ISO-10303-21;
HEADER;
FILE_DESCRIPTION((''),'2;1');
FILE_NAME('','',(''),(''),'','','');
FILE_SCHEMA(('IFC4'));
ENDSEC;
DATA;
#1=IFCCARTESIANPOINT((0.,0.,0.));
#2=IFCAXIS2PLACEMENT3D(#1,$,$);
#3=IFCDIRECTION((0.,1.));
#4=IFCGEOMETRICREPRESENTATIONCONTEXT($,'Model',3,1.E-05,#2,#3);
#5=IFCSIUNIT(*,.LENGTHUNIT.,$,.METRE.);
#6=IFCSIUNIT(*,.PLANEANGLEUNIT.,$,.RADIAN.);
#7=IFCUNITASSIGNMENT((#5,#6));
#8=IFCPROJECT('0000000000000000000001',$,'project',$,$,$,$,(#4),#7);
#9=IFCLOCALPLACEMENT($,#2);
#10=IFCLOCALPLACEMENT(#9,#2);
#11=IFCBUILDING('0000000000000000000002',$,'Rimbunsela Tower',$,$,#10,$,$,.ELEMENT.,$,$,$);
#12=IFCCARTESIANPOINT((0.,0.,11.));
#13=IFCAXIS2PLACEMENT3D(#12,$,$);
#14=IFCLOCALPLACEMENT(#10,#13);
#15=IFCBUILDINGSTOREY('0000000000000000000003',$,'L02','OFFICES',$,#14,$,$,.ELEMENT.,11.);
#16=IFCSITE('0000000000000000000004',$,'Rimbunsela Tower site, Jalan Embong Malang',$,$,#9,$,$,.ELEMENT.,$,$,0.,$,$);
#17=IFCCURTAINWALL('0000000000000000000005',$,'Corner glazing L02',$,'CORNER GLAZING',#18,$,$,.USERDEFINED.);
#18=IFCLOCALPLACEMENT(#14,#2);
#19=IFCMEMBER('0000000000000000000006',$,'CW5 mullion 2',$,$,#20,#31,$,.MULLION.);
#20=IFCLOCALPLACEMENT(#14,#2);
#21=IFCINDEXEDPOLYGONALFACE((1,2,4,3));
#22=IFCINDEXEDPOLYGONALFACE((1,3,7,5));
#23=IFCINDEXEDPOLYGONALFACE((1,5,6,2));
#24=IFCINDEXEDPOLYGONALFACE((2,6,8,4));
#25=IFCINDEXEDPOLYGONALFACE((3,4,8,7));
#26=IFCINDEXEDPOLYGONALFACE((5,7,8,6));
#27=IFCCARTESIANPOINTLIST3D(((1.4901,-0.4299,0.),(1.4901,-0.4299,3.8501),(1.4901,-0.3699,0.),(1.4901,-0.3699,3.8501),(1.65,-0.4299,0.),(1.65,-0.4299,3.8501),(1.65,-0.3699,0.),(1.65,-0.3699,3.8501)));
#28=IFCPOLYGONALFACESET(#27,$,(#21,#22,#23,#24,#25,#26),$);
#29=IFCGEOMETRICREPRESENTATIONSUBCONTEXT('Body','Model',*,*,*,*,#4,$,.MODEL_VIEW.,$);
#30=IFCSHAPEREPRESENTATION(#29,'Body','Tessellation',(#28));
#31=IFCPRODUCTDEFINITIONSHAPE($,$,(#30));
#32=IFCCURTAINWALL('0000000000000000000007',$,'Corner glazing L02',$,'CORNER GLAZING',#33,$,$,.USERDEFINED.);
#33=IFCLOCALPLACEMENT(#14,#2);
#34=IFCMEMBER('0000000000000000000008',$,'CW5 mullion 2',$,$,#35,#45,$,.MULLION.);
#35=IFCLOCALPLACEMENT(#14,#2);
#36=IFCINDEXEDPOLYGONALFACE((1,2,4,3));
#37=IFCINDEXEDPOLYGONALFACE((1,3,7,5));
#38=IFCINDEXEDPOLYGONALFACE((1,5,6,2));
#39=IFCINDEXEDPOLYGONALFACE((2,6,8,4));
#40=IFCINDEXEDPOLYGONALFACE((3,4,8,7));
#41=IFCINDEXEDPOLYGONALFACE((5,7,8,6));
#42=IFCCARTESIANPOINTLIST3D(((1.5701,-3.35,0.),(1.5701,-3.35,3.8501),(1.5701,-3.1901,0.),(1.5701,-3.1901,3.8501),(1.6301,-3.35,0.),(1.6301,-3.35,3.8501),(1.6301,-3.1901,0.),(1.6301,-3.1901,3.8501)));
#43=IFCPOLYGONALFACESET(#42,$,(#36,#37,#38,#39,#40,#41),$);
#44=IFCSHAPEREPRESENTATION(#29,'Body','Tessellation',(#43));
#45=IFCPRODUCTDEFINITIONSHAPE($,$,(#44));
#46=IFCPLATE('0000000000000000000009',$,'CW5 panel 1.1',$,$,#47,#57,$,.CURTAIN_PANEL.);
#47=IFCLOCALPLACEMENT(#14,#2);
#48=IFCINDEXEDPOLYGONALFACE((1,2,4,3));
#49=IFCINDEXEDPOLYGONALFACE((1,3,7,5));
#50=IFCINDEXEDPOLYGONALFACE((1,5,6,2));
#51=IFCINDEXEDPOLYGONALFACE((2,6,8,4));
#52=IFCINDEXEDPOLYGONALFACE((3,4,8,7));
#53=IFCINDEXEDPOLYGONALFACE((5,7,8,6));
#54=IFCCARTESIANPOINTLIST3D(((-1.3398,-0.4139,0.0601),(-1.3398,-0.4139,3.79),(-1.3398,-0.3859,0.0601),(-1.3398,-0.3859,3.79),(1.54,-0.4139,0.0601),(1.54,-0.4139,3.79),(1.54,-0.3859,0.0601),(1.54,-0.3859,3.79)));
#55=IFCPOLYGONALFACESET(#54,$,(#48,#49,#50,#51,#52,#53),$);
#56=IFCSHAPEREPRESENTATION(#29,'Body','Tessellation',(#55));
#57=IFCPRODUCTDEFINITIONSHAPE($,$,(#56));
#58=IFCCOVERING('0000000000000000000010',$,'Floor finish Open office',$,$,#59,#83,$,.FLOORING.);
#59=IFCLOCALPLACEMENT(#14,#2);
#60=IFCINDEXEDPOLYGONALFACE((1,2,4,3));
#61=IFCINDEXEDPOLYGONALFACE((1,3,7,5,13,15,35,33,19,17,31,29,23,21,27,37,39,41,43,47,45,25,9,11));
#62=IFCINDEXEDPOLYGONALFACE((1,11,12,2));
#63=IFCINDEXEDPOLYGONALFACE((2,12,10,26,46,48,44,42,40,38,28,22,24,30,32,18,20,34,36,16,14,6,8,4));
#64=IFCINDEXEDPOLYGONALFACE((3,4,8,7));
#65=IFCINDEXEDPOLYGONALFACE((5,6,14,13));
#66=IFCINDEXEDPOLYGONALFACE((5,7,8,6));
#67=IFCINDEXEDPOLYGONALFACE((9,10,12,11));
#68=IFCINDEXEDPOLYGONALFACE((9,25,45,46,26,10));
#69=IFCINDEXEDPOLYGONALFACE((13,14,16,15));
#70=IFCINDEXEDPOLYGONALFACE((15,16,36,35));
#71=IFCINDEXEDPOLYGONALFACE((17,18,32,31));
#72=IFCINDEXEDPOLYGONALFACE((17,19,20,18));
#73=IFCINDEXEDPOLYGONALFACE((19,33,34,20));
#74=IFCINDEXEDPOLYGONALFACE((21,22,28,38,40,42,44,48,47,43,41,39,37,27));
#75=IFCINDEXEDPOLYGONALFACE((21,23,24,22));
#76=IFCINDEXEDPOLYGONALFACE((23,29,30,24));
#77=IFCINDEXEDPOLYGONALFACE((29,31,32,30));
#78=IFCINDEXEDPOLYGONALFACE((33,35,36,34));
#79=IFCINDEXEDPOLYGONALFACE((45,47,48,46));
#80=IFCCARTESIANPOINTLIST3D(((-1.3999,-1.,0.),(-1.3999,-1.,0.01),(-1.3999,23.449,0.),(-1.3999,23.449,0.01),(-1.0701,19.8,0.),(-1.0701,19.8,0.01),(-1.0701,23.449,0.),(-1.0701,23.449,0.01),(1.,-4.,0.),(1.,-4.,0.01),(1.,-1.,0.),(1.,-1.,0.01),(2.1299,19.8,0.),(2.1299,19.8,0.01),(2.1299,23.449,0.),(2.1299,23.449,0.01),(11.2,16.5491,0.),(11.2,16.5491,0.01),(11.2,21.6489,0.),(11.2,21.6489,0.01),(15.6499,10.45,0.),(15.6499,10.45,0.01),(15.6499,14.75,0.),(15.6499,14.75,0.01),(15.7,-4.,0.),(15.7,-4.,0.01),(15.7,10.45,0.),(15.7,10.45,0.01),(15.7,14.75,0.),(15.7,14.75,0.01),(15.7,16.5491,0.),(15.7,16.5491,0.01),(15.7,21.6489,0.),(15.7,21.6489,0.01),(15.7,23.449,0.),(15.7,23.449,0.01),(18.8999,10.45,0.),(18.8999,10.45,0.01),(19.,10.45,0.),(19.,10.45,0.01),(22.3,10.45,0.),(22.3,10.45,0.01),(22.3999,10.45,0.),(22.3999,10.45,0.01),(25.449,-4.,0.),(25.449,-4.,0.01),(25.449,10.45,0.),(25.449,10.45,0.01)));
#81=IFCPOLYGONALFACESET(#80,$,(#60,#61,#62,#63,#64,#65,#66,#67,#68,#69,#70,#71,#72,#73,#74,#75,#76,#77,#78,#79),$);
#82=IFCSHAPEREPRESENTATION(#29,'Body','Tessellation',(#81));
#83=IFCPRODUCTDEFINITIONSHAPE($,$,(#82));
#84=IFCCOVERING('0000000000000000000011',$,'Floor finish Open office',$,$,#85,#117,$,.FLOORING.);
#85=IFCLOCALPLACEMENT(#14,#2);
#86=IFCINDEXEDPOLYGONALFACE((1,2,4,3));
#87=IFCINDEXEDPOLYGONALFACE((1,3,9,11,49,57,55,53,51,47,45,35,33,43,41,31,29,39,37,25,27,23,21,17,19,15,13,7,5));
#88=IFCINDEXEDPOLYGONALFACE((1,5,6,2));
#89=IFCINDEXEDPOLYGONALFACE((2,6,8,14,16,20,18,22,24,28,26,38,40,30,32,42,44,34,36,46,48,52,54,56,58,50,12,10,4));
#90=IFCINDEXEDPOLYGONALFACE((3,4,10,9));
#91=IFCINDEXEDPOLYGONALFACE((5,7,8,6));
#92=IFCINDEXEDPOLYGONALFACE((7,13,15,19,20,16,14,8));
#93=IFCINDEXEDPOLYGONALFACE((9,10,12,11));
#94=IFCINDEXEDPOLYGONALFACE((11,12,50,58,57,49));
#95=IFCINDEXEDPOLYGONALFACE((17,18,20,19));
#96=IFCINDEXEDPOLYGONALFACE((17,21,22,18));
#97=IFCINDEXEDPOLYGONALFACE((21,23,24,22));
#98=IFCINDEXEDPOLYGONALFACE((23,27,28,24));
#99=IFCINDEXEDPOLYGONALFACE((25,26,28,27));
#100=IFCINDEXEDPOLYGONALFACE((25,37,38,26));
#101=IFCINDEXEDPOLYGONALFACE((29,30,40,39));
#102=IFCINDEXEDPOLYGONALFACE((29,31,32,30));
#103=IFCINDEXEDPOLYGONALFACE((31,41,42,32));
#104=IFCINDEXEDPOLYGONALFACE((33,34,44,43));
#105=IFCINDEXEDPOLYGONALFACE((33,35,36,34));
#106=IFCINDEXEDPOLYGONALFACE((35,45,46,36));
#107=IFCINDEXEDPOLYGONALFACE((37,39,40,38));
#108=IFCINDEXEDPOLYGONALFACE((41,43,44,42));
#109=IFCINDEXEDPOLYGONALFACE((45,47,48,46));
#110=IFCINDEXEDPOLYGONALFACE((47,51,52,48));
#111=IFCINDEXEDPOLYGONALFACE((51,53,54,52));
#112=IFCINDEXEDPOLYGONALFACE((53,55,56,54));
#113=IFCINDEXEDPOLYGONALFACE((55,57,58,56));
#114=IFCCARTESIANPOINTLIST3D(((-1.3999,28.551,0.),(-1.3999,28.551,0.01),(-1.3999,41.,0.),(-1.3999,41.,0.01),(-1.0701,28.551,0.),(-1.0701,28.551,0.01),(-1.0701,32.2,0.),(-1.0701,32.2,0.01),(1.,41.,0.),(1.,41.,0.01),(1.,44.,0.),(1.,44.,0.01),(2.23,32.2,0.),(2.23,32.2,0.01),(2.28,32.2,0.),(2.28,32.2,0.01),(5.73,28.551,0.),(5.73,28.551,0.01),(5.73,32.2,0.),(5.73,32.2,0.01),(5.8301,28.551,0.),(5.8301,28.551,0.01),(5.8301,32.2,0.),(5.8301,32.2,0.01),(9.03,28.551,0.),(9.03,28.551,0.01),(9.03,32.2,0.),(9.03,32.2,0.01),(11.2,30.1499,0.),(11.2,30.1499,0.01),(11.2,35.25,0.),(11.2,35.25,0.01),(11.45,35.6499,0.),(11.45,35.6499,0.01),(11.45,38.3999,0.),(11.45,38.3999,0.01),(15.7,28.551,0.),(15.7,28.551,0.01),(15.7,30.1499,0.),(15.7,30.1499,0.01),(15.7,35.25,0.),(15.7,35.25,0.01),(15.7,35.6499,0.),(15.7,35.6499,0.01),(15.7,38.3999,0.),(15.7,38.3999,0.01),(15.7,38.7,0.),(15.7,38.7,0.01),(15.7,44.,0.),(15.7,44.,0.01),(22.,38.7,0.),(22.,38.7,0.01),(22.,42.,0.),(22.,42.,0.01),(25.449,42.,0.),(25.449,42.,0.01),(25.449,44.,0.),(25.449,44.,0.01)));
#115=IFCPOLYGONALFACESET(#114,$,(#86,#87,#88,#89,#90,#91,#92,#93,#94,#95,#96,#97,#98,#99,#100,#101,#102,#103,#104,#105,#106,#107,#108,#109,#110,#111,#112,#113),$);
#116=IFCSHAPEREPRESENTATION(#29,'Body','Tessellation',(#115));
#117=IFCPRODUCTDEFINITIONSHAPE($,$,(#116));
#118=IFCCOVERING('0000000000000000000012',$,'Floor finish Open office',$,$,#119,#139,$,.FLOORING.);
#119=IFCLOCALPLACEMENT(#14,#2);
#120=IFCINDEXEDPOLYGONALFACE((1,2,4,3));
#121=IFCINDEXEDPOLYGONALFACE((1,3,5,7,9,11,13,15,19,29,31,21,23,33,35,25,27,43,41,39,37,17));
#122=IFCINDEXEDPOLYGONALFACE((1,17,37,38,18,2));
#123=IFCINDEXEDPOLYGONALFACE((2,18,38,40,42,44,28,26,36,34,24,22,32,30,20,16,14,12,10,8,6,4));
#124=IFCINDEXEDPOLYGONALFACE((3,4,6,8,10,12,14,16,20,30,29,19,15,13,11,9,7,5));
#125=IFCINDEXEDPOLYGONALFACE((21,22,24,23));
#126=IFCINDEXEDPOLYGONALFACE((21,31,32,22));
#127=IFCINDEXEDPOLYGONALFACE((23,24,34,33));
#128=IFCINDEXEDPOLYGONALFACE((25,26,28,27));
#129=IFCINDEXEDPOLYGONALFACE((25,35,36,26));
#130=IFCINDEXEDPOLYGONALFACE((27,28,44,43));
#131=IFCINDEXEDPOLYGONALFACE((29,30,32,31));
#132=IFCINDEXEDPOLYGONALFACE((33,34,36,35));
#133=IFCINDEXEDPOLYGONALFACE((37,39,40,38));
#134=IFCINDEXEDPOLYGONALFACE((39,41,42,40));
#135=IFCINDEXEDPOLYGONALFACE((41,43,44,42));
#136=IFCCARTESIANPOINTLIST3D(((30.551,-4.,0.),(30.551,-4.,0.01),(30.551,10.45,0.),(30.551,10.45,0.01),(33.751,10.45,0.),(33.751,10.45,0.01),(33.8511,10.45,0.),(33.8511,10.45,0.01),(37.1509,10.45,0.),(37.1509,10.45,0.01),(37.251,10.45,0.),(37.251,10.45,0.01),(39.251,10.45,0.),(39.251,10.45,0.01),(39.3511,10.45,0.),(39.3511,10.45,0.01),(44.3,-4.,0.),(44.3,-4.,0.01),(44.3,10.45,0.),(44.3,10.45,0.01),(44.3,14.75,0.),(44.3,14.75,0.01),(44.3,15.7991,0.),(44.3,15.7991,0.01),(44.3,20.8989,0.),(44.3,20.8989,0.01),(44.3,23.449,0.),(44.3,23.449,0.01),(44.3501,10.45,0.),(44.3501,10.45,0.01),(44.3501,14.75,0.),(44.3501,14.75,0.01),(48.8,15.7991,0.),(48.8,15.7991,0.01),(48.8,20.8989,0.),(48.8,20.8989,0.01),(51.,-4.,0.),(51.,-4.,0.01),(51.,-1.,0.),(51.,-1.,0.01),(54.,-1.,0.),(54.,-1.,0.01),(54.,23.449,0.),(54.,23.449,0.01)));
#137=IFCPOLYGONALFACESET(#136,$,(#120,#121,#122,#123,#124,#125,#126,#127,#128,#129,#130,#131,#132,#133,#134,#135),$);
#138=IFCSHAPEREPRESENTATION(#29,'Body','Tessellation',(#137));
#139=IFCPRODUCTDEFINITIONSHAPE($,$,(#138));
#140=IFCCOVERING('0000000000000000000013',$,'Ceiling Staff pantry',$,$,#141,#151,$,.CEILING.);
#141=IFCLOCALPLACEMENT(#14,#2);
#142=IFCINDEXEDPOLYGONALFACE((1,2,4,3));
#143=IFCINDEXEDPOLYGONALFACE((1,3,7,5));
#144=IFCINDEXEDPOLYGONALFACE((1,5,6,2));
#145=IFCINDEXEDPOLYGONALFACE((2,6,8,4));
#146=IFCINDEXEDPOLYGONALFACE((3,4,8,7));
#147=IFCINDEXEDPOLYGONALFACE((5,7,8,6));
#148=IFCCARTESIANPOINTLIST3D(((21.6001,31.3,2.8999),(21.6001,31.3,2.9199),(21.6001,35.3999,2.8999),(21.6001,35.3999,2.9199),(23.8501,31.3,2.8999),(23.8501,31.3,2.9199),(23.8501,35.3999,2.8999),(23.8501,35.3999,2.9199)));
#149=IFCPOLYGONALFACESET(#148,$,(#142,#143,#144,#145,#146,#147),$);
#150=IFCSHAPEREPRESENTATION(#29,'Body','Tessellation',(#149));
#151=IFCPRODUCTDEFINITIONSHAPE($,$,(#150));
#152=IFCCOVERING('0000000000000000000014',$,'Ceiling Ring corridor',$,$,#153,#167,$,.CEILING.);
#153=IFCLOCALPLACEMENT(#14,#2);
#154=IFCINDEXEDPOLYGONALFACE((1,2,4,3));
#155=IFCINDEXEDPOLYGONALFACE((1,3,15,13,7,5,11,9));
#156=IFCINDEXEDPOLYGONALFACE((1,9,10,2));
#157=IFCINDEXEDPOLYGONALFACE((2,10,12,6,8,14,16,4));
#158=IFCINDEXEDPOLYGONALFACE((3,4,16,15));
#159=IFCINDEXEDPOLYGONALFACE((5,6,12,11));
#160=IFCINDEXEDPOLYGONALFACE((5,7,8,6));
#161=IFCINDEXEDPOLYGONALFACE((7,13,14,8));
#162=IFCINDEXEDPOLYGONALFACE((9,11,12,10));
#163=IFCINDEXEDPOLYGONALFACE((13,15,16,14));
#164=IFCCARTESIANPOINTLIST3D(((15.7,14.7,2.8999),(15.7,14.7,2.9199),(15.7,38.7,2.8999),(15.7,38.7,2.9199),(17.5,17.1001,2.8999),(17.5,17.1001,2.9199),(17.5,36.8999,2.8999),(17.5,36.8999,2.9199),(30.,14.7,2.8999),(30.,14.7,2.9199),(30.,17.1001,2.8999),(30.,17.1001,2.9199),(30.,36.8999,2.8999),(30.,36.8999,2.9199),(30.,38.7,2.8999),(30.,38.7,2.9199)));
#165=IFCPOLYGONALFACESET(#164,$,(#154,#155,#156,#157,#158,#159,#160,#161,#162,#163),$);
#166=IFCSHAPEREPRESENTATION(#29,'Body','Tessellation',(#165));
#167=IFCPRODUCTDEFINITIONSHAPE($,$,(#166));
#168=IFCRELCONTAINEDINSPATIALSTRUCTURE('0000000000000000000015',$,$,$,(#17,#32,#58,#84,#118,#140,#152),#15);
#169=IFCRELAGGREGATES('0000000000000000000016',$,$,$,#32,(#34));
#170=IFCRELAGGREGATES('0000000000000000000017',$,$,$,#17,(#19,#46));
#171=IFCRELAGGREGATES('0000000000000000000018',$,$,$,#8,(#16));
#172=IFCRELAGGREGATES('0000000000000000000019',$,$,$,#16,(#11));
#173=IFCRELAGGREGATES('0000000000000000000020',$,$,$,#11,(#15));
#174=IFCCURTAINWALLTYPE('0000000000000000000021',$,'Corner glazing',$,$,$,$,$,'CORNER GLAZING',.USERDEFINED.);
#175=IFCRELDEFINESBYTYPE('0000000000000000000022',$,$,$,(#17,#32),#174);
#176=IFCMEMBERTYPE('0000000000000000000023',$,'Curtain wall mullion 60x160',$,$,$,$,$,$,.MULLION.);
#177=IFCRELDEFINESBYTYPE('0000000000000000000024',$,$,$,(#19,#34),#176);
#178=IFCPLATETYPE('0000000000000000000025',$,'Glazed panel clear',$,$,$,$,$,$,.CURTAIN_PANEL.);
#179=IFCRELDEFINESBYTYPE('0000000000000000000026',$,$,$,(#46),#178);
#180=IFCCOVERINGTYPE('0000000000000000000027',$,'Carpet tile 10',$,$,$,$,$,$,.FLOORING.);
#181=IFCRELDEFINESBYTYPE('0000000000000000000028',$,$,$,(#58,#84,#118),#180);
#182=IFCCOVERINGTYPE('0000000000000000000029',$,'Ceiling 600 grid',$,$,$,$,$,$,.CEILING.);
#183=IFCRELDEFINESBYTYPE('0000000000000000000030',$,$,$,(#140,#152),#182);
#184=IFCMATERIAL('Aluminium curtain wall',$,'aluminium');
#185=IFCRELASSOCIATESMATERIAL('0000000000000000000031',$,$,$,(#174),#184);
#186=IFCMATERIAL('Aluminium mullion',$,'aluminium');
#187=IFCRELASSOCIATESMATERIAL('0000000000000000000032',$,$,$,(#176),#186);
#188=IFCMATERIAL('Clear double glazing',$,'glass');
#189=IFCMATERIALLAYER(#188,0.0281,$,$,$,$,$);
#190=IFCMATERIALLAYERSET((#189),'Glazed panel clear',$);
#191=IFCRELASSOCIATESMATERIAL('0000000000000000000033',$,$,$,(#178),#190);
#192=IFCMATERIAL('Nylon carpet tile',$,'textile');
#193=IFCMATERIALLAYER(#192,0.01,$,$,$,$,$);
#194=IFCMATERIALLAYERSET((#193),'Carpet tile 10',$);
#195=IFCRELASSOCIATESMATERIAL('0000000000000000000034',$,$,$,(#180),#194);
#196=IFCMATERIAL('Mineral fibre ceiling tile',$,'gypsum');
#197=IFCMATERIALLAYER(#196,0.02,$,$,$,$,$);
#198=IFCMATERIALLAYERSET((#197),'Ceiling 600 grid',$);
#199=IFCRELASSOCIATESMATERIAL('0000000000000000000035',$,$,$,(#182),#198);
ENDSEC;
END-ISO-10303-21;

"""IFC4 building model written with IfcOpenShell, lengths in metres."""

from ifc_helpers import new_model, si_unit, direction, frame, origin, origin_2d, place, context, subcontext, project, spatial, polyline, rectangle, outline, extrude, material, layer, layer_set, material_profile, profile_set, type_object, element, aggregate, save


model = new_model("IFC4")

# Units and contexts
model_context = context("Model", 3, precision=1e-05, world=origin(), true_north=direction((0.0, 1.0)))
body_context = subcontext(model_context, "Body", "Model", "MODEL_VIEW")
ifc_project = project(units=[si_unit("LENGTHUNIT", "METRE"), si_unit("PLANEANGLEUNIT", "RADIAN")], contexts=[model_context])

# Site, building, storey
site_placement = place(None, origin())
site = spatial("IfcSite", under=ifc_project, at=site_placement, Name="Rimbunsela Tower site, Jalan Embong Malang", CompositionType="ELEMENT", RefElevation=0.0)
building_placement = place(site_placement, origin())
building = spatial("IfcBuilding", under=site, at=building_placement, Name="Rimbunsela Tower", CompositionType="ELEMENT")
storey_placement = place(building_placement, frame((0.0, 0.0, 11.0)))
storey = spatial("IfcBuildingStorey", under=building, at=storey_placement, Name="L02", Description="OFFICES", CompositionType="ELEMENT", Elevation=11.0)

# Curtain walls, members
ifc_material_1 = material(Name="Aluminium curtain wall", Category="aluminium")
curtain_wall_type = type_object("IfcCurtainWallType", Name="Corner glazing", ElementType="CORNER GLAZING", PredefinedType="USERDEFINED", material=ifc_material_1)
curtain_wall_1_placement = place(storey_placement, origin())
curtain_wall_1 = element("IfcCurtainWall", 1, at=curtain_wall_1_placement, inside=storey, type_object=curtain_wall_type, Name="Corner glazing L02", ObjectType="CORNER GLAZING", PredefinedType="USERDEFINED")
ifc_material_2 = material(Name="Aluminium mullion", Category="aluminium")
ifc_material_profile = material_profile(ifc_material_2, rectangle(XDim=0.0601, YDim=0.1599, at=origin_2d()), Name="Mullion 60x160")
ifc_profile_set = profile_set([ifc_material_profile], Name="Aluminium mullion")
member_type = type_object("IfcMemberType", Name="Curtain wall mullion 60x160", PredefinedType="MULLION", material=ifc_profile_set)
member_1_placement = place(storey_placement, frame((1.5701, -0.3999, 0.0), z_axis=(0.0, 0.0, 1.0), x_axis=(0.0, 1.0, 0.0)))
member_1 = element("IfcMember", 2, at=member_1_placement, type_object=member_type, Name="CW5 mullion 2", PredefinedType="MULLION", context=body_context, shape_type="SweptSolid", body=[
    extrude(rectangle(XDim=0.0601, YDim=0.1599, at=origin_2d()), origin(), (0.0, 0.0, 1.0), 3.8501),
])
curtain_wall_2_placement = place(storey_placement, origin())
curtain_wall_2 = element("IfcCurtainWall", 3, at=curtain_wall_2_placement, inside=storey, type_object=curtain_wall_type, Name="Corner glazing L02", ObjectType="CORNER GLAZING", PredefinedType="USERDEFINED")
member_2_placement = place(storey_placement, frame((1.6001, -3.27, 0.0), z_axis=(0.0, 0.0, 1.0), x_axis=(1.0, 0.0, 0.0)))
member_2 = element("IfcMember", 4, at=member_2_placement, type_object=member_type, Name="CW5 mullion 2", PredefinedType="MULLION", context=body_context, shape_type="SweptSolid", body=[
    extrude(rectangle(XDim=0.0601, YDim=0.1599, at=origin_2d()), origin(), (0.0, 0.0, 1.0), 3.8501),
])
aggregate(curtain_wall_2, [member_2])

# Plate
ifc_material_3 = material(Name="Clear double glazing", Category="glass")
ifc_layer_1 = layer(ifc_material_3, 0.0281)
ifc_layer_set_1 = layer_set([ifc_layer_1], Name="Glazed panel clear")
plate_type = type_object("IfcPlateType", Name="Glazed panel clear", PredefinedType="CURTAIN_PANEL", material=ifc_layer_set_1)
plate_placement = place(storey_placement, frame((0.1001, -0.3999, 0.0601), z_axis=(0.0, 0.0, 1.0), x_axis=(1.0, 0.0, 0.0)))
plate = element("IfcPlate", 5, at=plate_placement, type_object=plate_type, Name="CW5 panel 1.1", PredefinedType="CURTAIN_PANEL", context=body_context, shape_type="SweptSolid", body=[
    extrude(rectangle(XDim=2.8799, YDim=0.0281, at=origin_2d()), origin(), (0.0, 0.0, 1.0), 3.73),
])
aggregate(curtain_wall_1, [member_1, plate])

# Coverings
ifc_material_4 = material(Name="Nylon carpet tile", Category="textile")
ifc_layer_2 = layer(ifc_material_4, 0.01)
ifc_layer_set_2 = layer_set([ifc_layer_2], Name="Carpet tile 10")
covering_type_1 = type_object("IfcCoveringType", Name="Carpet tile 10", PredefinedType="FLOORING", material=ifc_layer_set_2)
covering_1_placement = place(storey_placement, origin())
element("IfcCovering", 6, at=covering_1_placement, inside=storey, type_object=covering_type_1, Name="Floor finish Open office", PredefinedType="FLOORING", context=body_context, shape_type="SweptSolid", body=[
    extrude(outline(polyline([(19.0, 10.45), (22.3, 10.45), (22.3999, 10.45), (25.449, 10.45), (25.449, -4.0), (15.7, -4.0), (1.0, -4.0), (1.0, -1.0), (-1.3999, -1.0), (-1.3999, 23.449), (-1.0701, 23.449), (-1.0701, 19.8), (2.1299, 19.8), (2.1299, 23.449), (15.7, 23.449), (15.7, 21.6489), (11.2, 21.6489), (11.2, 16.5491), (15.7, 16.5491), (15.7, 14.75), (15.6499, 14.75), (15.6499, 10.45), (15.7, 10.45), (18.8999, 10.45), (19.0, 10.45)])), origin(), (0.0, 0.0, 1.0), 0.01),
])
covering_2_placement = place(storey_placement, origin())
element("IfcCovering", 7, at=covering_2_placement, inside=storey, type_object=covering_type_1, Name="Floor finish Open office", PredefinedType="FLOORING", context=body_context, shape_type="SweptSolid", body=[
    extrude(outline(polyline([(11.45, 35.6499), (15.7, 35.6499), (15.7, 35.25), (11.2, 35.25), (11.2, 30.1499), (15.7, 30.1499), (15.7, 28.551), (9.03, 28.551), (9.03, 32.2), (5.8301, 32.2), (5.8301, 28.551), (5.73, 28.551), (5.73, 32.2), (2.28, 32.2), (2.23, 32.2), (-1.0701, 32.2), (-1.0701, 28.551), (-1.3999, 28.551), (-1.3999, 41.0), (1.0, 41.0), (1.0, 44.0), (15.7, 44.0), (25.449, 44.0), (25.449, 42.0), (22.0, 42.0), (22.0, 38.7), (15.7, 38.7), (15.7, 38.3999), (11.45, 38.3999), (11.45, 35.6499)])), origin(), (0.0, 0.0, 1.0), 0.01),
])
covering_3_placement = place(storey_placement, origin())
element("IfcCovering", 8, at=covering_3_placement, inside=storey, type_object=covering_type_1, Name="Floor finish Open office", PredefinedType="FLOORING", context=body_context, shape_type="SweptSolid", body=[
    extrude(outline(polyline([(37.1509, 10.45), (37.251, 10.45), (39.251, 10.45), (39.3511, 10.45), (44.3, 10.45), (44.3501, 10.45), (44.3501, 14.75), (44.3, 14.75), (44.3, 15.7991), (48.8, 15.7991), (48.8, 20.8989), (44.3, 20.8989), (44.3, 23.449), (54.0, 23.449), (54.0, -1.0), (51.0, -1.0), (51.0, -4.0), (44.3, -4.0), (30.551, -4.0), (30.551, 10.45), (33.751, 10.45), (33.8511, 10.45), (37.1509, 10.45)])), origin(), (0.0, 0.0, 1.0), 0.01),
])
ifc_material_5 = material(Name="Mineral fibre ceiling tile", Category="gypsum")
ifc_layer_3 = layer(ifc_material_5, 0.02)
ifc_layer_set_3 = layer_set([ifc_layer_3], Name="Ceiling 600 grid")
covering_type_2 = type_object("IfcCoveringType", Name="Ceiling 600 grid", PredefinedType="CEILING", material=ifc_layer_set_3)
covering_4_placement = place(storey_placement, frame((0.0, 0.0, 2.8999)))
element("IfcCovering", 9, at=covering_4_placement, inside=storey, type_object=covering_type_2, Name="Ceiling Staff pantry", PredefinedType="CEILING", context=body_context, shape_type="SweptSolid", body=[
    extrude(outline(polyline([(23.8501, 31.3), (23.8501, 35.3999), (21.6001, 35.3999), (21.6001, 31.3), (23.8501, 31.3)])), origin(), (0.0, 0.0, 1.0), 0.02),
])
covering_5_placement = place(storey_placement, frame((0.0, 0.0, 2.8999)))
element("IfcCovering", 10, at=covering_5_placement, inside=storey, type_object=covering_type_2, Name="Ceiling Ring corridor", PredefinedType="CEILING", context=body_context, shape_type="SweptSolid", body=[
    extrude(outline(polyline([(15.7, 38.7), (30.0, 38.7), (30.0, 36.8999), (17.5, 36.8999), (17.5, 17.1001), (30.0, 17.1001), (30.0, 14.7), (15.7, 14.7), (15.7, 38.7)])), origin(), (0.0, 0.0, 1.0), 0.02),
])

save(model, "model.ifc")
